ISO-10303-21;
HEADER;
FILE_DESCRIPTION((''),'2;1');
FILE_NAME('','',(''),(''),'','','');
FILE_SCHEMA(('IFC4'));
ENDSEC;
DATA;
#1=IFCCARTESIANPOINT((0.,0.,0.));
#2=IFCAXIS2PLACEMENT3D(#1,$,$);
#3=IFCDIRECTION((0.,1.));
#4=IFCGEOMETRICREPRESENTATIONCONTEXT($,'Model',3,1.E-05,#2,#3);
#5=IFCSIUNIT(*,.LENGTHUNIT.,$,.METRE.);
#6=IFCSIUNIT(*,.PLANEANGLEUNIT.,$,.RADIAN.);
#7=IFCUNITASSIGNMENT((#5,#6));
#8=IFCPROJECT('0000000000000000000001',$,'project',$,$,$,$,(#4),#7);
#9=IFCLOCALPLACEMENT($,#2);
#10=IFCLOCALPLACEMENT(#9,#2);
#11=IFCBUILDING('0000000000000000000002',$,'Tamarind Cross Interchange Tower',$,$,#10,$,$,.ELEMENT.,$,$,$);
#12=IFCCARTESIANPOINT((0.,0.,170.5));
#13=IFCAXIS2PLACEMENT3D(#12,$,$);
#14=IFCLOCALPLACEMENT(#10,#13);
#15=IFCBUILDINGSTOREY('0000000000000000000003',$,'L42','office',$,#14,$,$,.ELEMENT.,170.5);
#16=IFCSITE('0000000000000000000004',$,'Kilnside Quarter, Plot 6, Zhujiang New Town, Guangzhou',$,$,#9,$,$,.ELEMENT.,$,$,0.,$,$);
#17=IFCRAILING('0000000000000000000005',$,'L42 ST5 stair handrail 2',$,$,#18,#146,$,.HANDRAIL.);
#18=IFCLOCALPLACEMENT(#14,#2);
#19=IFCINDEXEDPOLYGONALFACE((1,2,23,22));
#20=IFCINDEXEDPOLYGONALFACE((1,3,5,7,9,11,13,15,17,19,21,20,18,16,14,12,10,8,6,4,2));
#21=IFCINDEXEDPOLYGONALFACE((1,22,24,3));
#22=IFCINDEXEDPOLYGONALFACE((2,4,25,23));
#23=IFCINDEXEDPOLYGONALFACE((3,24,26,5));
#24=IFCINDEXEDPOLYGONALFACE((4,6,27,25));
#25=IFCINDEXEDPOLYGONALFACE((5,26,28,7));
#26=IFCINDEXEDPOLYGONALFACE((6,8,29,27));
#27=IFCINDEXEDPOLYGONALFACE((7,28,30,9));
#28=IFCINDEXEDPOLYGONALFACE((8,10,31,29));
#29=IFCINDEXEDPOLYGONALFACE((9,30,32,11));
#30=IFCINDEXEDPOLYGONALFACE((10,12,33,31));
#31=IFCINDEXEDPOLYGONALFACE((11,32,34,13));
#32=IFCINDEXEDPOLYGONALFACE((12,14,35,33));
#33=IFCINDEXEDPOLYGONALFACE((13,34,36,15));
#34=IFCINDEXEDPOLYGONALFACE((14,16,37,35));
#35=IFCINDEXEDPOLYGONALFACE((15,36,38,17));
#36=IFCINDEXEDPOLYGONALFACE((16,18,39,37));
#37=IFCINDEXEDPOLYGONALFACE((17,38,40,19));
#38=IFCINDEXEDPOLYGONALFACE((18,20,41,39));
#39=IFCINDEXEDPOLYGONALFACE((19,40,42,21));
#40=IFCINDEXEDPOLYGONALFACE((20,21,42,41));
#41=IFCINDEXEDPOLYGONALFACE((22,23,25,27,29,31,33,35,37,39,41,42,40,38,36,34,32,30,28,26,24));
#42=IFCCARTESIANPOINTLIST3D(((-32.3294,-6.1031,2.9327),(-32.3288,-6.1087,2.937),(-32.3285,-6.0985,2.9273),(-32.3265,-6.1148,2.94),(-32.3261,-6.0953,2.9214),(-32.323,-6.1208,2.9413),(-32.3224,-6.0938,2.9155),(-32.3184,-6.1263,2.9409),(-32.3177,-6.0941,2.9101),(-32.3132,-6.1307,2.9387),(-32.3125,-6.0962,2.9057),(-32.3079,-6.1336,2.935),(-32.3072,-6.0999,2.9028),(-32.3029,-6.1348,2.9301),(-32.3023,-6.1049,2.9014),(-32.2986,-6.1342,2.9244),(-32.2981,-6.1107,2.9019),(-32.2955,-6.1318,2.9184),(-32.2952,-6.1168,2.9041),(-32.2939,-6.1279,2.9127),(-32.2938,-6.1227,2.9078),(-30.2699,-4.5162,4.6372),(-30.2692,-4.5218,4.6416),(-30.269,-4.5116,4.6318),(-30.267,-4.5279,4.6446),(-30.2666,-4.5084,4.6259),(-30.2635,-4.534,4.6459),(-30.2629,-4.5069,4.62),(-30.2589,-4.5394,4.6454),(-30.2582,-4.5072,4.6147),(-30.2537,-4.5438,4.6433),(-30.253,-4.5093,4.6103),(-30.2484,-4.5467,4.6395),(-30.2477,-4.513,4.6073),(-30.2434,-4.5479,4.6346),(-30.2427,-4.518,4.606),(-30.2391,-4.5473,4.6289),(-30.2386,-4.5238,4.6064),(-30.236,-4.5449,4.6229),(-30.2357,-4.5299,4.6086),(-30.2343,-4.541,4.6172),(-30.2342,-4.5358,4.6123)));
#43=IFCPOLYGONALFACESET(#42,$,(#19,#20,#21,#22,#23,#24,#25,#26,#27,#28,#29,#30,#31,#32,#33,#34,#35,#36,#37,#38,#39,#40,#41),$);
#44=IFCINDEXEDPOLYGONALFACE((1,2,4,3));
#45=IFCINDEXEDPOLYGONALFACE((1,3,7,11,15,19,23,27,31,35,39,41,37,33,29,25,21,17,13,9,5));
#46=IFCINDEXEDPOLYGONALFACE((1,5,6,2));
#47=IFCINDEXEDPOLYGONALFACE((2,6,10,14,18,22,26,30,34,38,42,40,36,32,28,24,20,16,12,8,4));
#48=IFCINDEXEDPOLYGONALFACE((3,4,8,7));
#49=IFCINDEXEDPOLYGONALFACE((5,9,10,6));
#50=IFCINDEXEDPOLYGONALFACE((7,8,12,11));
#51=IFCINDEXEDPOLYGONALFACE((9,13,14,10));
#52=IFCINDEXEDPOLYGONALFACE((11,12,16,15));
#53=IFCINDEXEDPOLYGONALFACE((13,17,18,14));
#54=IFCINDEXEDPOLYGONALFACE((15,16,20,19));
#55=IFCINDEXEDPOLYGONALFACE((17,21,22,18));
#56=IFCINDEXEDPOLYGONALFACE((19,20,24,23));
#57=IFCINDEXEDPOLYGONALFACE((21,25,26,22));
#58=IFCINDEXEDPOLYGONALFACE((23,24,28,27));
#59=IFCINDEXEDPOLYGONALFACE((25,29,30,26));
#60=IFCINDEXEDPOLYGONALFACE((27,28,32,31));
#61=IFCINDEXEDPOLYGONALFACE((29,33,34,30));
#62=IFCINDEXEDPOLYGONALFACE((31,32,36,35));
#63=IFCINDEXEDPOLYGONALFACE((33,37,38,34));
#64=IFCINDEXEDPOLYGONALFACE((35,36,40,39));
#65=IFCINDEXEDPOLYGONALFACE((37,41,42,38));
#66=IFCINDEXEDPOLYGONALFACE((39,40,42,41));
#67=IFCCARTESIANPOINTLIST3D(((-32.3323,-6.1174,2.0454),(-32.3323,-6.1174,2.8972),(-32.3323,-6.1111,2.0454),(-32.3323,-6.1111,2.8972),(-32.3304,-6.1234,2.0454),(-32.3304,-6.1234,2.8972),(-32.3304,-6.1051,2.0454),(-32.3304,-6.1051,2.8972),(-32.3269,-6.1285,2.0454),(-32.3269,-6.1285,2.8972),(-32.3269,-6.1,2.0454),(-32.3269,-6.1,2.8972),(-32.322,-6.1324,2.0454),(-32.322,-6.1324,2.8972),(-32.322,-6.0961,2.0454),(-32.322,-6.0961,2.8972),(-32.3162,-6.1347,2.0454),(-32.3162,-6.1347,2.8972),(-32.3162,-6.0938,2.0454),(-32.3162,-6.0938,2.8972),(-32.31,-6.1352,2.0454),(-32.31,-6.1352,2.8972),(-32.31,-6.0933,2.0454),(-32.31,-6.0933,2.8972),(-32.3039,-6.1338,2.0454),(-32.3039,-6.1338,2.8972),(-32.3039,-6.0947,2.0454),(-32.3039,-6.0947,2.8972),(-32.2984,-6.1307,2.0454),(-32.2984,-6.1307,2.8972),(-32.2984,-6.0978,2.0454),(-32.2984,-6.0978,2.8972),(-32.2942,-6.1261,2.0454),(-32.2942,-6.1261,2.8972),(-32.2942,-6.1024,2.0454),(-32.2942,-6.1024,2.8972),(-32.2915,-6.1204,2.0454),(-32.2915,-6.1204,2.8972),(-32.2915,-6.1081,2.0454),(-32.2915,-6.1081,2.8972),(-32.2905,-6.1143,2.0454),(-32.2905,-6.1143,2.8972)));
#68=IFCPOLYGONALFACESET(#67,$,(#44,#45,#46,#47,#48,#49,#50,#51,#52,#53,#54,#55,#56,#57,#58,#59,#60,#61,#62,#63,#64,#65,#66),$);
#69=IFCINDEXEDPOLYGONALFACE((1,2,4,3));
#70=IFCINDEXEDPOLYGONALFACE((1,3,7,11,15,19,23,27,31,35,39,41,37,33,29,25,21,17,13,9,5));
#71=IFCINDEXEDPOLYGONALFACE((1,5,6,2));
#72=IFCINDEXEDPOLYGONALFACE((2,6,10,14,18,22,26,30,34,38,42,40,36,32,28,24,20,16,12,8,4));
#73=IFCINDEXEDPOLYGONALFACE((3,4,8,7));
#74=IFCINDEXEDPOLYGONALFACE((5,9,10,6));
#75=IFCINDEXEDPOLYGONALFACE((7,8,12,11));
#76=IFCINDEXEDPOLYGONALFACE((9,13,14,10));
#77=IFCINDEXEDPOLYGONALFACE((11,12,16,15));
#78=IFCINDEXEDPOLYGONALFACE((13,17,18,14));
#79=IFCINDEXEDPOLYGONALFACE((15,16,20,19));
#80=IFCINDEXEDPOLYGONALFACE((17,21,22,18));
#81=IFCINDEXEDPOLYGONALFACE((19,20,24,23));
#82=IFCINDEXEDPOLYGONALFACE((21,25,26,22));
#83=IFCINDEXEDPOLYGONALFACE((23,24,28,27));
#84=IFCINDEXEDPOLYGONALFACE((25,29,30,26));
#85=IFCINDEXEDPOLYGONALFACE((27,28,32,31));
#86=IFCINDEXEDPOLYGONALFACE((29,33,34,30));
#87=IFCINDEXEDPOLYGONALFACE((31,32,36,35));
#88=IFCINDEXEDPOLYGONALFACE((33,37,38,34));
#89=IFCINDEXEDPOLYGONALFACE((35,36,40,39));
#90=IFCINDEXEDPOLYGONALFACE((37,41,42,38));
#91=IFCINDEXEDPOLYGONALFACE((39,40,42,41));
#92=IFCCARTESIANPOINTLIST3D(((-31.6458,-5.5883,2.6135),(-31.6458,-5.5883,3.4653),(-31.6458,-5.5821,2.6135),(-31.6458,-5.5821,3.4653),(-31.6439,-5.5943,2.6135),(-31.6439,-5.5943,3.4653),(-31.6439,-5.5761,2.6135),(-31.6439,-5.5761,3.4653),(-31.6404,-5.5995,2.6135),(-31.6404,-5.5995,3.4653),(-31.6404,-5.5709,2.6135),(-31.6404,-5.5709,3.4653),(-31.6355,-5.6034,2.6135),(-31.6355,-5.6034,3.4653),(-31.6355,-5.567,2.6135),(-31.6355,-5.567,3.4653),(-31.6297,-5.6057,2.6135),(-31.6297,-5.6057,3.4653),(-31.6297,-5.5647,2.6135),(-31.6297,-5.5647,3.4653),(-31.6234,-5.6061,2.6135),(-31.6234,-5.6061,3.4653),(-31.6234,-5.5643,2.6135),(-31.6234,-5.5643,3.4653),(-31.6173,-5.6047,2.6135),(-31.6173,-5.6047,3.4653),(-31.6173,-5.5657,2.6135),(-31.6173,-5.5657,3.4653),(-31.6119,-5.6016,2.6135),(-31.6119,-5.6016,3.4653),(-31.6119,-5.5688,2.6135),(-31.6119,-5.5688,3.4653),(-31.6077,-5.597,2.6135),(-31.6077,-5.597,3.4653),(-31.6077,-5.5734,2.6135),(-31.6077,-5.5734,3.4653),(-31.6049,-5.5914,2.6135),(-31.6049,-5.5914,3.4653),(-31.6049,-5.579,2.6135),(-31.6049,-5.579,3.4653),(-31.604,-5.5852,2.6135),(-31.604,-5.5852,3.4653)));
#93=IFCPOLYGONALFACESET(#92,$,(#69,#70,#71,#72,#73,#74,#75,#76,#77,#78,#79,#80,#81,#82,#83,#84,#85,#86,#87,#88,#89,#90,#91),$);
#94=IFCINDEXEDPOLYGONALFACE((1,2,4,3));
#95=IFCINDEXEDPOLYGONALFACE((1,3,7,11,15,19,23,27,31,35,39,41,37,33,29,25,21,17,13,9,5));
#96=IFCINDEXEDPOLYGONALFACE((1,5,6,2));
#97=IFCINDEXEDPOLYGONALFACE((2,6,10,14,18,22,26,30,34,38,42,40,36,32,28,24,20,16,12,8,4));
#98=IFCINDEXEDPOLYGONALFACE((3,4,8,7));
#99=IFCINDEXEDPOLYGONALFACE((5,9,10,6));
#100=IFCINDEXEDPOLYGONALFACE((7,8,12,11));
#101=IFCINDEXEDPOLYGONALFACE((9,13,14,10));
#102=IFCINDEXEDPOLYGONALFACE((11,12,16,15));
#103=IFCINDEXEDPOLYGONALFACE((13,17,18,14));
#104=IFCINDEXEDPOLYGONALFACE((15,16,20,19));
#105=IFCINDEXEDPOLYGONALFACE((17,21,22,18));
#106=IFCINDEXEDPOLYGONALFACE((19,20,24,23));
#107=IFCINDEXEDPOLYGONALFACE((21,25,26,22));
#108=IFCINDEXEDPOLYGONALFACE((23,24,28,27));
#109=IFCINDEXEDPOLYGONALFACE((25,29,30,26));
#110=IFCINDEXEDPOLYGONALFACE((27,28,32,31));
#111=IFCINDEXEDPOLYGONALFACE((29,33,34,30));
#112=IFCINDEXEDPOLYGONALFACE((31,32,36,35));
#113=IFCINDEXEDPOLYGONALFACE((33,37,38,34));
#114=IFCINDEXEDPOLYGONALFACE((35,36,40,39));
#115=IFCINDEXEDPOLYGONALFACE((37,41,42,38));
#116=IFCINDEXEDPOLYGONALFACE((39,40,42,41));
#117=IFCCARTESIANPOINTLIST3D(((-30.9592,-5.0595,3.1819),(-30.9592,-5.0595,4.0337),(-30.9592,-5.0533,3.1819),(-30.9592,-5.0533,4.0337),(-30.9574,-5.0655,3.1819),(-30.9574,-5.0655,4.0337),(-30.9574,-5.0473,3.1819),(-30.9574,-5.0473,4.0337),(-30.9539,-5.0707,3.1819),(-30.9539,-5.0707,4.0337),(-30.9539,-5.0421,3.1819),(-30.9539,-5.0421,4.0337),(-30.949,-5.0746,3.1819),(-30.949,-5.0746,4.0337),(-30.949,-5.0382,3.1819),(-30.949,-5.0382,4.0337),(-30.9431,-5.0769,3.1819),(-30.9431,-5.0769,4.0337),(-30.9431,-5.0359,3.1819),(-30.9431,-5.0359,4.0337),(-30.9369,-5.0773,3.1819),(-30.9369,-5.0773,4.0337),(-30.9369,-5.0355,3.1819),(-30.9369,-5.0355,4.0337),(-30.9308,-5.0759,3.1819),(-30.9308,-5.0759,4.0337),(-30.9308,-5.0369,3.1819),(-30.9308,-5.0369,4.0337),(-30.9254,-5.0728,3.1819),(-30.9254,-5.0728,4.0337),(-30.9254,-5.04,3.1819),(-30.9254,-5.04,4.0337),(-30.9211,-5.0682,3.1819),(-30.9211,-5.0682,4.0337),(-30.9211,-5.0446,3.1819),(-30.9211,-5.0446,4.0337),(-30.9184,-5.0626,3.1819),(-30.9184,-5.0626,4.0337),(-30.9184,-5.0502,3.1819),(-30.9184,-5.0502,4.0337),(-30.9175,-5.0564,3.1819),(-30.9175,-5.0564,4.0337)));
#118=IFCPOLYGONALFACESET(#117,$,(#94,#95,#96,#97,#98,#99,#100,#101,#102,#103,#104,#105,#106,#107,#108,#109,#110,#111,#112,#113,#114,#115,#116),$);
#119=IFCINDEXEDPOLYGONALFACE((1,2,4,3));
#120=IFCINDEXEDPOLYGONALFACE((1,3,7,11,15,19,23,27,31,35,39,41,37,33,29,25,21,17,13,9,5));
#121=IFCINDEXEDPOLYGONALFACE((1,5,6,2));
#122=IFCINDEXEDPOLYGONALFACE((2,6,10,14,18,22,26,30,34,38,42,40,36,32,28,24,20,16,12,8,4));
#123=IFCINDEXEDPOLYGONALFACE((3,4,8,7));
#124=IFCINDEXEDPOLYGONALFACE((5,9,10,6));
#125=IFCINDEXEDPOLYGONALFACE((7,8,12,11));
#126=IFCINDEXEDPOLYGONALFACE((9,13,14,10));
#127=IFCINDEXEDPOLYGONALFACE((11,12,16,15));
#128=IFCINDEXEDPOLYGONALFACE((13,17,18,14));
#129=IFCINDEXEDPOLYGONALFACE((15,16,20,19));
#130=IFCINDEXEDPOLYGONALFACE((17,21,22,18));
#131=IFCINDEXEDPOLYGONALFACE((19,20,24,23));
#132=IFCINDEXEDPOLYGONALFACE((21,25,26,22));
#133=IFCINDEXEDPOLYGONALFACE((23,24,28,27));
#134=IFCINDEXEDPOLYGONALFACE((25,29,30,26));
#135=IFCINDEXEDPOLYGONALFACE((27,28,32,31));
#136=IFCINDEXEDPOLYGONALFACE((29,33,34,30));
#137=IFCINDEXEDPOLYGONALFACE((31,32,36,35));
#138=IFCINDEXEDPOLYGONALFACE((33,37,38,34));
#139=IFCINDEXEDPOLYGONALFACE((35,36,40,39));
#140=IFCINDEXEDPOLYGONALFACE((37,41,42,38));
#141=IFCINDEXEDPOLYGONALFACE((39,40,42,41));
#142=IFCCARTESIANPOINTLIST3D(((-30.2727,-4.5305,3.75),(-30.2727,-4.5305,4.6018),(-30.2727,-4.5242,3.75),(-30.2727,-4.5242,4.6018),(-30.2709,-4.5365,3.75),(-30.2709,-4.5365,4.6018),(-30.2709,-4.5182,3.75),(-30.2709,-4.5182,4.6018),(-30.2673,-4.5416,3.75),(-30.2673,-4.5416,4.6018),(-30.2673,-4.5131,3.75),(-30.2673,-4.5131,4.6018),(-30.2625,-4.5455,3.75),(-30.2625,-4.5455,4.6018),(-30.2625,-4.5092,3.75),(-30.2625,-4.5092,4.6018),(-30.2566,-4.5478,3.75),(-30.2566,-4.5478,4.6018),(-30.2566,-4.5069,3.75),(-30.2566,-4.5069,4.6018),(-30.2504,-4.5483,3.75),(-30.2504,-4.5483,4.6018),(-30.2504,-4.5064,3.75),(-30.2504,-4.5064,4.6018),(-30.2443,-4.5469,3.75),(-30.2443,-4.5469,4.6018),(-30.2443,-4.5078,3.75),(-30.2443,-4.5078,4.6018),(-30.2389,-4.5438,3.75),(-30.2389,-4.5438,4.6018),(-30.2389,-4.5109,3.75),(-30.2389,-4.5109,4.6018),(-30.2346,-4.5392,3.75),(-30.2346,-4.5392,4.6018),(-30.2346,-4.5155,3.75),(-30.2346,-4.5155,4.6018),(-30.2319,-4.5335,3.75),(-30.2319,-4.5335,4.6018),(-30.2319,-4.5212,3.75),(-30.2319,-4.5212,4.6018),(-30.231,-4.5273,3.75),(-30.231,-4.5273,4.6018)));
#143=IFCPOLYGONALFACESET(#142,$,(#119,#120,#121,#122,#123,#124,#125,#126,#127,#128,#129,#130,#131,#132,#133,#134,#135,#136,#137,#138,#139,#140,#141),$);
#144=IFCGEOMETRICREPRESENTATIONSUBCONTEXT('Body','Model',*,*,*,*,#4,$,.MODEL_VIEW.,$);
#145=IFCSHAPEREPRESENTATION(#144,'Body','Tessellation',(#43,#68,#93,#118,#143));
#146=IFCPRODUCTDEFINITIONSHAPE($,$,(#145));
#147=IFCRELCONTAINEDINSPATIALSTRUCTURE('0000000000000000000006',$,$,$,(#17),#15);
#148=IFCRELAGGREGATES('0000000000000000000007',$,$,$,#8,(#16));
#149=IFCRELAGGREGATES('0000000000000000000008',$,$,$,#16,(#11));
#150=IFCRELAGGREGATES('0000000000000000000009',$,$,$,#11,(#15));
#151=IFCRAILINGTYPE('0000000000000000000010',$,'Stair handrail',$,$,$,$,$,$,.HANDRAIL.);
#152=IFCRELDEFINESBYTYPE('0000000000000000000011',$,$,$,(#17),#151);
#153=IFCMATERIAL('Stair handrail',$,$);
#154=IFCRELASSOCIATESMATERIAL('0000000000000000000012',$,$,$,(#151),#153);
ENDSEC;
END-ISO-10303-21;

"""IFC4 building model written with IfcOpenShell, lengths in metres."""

from ifc_helpers import new_model, si_unit, direction, frame, origin, origin_2d, place, context, subcontext, project, spatial, circle, extrude, material, type_object, element, save


model = new_model("IFC4")

# Units and contexts
model_context = context("Model", 3, precision=1e-05, world=origin(), true_north=direction((0.0, 1.0)))
body_context = subcontext(model_context, "Body", "Model", "MODEL_VIEW")
ifc_project = project(units=[si_unit("LENGTHUNIT", "METRE"), si_unit("PLANEANGLEUNIT", "RADIAN")], contexts=[model_context])

# Site, building, storey
site_placement = place(None, origin())
site = spatial("IfcSite", under=ifc_project, at=site_placement, Name="Kilnside Quarter, Plot 6, Zhujiang New Town, Guangzhou", CompositionType="ELEMENT", RefElevation=0.0)
building_placement = place(site_placement, origin())
building = spatial("IfcBuilding", under=site, at=building_placement, Name="Tamarind Cross Interchange Tower", CompositionType="ELEMENT")
storey_placement = place(building_placement, frame((0.0, 0.0, 170.5)))
storey = spatial("IfcBuildingStorey", under=building, at=storey_placement, Name="L42", Description="office", CompositionType="ELEMENT", Elevation=170.5)

# Railing
ifc_material_1 = material(Name="Stair handrail")
railing_type_1 = type_object("IfcRailingType", Name="Stair handrail", PredefinedType="HANDRAIL", material=ifc_material_1)
railing_1_placement = place(storey_placement, frame((-32.3115, -6.1143, 2.0454)))
element("IfcRailing", 1, at=railing_1_placement, inside=storey, type_object=railing_type_1, Name="L42 ST5 stair handrail 2", PredefinedType="HANDRAIL", context=body_context, shape_type="SweptSolid", body=[
    extrude(circle(Radius=0.0239, at=origin_2d()), frame((0.0, 0.0, 0.876), z_axis=(0.662459, 0.510429, 0.54828), x_axis=(-0.610346, 0.792135, 0.0)), (0.0, 0.0, 1.0), 3.1089),
    extrude(circle(Radius=0.021, at=origin_2d()), origin(), (0.0, 0.0, 1.0), 0.8518),
    extrude(circle(Radius=0.021, at=origin_2d()), frame((0.6865, 0.5291, 0.5681)), (0.0, 0.0, 1.0), 0.8518),
    extrude(circle(Radius=0.021, at=origin_2d()), frame((1.373, 1.0579, 1.1365)), (0.0, 0.0, 1.0), 0.8518),
    extrude(circle(Radius=0.021, at=origin_2d()), frame((2.0596, 1.5869, 1.7046)), (0.0, 0.0, 1.0), 0.8518),
])

save(model, "model.ifc")
